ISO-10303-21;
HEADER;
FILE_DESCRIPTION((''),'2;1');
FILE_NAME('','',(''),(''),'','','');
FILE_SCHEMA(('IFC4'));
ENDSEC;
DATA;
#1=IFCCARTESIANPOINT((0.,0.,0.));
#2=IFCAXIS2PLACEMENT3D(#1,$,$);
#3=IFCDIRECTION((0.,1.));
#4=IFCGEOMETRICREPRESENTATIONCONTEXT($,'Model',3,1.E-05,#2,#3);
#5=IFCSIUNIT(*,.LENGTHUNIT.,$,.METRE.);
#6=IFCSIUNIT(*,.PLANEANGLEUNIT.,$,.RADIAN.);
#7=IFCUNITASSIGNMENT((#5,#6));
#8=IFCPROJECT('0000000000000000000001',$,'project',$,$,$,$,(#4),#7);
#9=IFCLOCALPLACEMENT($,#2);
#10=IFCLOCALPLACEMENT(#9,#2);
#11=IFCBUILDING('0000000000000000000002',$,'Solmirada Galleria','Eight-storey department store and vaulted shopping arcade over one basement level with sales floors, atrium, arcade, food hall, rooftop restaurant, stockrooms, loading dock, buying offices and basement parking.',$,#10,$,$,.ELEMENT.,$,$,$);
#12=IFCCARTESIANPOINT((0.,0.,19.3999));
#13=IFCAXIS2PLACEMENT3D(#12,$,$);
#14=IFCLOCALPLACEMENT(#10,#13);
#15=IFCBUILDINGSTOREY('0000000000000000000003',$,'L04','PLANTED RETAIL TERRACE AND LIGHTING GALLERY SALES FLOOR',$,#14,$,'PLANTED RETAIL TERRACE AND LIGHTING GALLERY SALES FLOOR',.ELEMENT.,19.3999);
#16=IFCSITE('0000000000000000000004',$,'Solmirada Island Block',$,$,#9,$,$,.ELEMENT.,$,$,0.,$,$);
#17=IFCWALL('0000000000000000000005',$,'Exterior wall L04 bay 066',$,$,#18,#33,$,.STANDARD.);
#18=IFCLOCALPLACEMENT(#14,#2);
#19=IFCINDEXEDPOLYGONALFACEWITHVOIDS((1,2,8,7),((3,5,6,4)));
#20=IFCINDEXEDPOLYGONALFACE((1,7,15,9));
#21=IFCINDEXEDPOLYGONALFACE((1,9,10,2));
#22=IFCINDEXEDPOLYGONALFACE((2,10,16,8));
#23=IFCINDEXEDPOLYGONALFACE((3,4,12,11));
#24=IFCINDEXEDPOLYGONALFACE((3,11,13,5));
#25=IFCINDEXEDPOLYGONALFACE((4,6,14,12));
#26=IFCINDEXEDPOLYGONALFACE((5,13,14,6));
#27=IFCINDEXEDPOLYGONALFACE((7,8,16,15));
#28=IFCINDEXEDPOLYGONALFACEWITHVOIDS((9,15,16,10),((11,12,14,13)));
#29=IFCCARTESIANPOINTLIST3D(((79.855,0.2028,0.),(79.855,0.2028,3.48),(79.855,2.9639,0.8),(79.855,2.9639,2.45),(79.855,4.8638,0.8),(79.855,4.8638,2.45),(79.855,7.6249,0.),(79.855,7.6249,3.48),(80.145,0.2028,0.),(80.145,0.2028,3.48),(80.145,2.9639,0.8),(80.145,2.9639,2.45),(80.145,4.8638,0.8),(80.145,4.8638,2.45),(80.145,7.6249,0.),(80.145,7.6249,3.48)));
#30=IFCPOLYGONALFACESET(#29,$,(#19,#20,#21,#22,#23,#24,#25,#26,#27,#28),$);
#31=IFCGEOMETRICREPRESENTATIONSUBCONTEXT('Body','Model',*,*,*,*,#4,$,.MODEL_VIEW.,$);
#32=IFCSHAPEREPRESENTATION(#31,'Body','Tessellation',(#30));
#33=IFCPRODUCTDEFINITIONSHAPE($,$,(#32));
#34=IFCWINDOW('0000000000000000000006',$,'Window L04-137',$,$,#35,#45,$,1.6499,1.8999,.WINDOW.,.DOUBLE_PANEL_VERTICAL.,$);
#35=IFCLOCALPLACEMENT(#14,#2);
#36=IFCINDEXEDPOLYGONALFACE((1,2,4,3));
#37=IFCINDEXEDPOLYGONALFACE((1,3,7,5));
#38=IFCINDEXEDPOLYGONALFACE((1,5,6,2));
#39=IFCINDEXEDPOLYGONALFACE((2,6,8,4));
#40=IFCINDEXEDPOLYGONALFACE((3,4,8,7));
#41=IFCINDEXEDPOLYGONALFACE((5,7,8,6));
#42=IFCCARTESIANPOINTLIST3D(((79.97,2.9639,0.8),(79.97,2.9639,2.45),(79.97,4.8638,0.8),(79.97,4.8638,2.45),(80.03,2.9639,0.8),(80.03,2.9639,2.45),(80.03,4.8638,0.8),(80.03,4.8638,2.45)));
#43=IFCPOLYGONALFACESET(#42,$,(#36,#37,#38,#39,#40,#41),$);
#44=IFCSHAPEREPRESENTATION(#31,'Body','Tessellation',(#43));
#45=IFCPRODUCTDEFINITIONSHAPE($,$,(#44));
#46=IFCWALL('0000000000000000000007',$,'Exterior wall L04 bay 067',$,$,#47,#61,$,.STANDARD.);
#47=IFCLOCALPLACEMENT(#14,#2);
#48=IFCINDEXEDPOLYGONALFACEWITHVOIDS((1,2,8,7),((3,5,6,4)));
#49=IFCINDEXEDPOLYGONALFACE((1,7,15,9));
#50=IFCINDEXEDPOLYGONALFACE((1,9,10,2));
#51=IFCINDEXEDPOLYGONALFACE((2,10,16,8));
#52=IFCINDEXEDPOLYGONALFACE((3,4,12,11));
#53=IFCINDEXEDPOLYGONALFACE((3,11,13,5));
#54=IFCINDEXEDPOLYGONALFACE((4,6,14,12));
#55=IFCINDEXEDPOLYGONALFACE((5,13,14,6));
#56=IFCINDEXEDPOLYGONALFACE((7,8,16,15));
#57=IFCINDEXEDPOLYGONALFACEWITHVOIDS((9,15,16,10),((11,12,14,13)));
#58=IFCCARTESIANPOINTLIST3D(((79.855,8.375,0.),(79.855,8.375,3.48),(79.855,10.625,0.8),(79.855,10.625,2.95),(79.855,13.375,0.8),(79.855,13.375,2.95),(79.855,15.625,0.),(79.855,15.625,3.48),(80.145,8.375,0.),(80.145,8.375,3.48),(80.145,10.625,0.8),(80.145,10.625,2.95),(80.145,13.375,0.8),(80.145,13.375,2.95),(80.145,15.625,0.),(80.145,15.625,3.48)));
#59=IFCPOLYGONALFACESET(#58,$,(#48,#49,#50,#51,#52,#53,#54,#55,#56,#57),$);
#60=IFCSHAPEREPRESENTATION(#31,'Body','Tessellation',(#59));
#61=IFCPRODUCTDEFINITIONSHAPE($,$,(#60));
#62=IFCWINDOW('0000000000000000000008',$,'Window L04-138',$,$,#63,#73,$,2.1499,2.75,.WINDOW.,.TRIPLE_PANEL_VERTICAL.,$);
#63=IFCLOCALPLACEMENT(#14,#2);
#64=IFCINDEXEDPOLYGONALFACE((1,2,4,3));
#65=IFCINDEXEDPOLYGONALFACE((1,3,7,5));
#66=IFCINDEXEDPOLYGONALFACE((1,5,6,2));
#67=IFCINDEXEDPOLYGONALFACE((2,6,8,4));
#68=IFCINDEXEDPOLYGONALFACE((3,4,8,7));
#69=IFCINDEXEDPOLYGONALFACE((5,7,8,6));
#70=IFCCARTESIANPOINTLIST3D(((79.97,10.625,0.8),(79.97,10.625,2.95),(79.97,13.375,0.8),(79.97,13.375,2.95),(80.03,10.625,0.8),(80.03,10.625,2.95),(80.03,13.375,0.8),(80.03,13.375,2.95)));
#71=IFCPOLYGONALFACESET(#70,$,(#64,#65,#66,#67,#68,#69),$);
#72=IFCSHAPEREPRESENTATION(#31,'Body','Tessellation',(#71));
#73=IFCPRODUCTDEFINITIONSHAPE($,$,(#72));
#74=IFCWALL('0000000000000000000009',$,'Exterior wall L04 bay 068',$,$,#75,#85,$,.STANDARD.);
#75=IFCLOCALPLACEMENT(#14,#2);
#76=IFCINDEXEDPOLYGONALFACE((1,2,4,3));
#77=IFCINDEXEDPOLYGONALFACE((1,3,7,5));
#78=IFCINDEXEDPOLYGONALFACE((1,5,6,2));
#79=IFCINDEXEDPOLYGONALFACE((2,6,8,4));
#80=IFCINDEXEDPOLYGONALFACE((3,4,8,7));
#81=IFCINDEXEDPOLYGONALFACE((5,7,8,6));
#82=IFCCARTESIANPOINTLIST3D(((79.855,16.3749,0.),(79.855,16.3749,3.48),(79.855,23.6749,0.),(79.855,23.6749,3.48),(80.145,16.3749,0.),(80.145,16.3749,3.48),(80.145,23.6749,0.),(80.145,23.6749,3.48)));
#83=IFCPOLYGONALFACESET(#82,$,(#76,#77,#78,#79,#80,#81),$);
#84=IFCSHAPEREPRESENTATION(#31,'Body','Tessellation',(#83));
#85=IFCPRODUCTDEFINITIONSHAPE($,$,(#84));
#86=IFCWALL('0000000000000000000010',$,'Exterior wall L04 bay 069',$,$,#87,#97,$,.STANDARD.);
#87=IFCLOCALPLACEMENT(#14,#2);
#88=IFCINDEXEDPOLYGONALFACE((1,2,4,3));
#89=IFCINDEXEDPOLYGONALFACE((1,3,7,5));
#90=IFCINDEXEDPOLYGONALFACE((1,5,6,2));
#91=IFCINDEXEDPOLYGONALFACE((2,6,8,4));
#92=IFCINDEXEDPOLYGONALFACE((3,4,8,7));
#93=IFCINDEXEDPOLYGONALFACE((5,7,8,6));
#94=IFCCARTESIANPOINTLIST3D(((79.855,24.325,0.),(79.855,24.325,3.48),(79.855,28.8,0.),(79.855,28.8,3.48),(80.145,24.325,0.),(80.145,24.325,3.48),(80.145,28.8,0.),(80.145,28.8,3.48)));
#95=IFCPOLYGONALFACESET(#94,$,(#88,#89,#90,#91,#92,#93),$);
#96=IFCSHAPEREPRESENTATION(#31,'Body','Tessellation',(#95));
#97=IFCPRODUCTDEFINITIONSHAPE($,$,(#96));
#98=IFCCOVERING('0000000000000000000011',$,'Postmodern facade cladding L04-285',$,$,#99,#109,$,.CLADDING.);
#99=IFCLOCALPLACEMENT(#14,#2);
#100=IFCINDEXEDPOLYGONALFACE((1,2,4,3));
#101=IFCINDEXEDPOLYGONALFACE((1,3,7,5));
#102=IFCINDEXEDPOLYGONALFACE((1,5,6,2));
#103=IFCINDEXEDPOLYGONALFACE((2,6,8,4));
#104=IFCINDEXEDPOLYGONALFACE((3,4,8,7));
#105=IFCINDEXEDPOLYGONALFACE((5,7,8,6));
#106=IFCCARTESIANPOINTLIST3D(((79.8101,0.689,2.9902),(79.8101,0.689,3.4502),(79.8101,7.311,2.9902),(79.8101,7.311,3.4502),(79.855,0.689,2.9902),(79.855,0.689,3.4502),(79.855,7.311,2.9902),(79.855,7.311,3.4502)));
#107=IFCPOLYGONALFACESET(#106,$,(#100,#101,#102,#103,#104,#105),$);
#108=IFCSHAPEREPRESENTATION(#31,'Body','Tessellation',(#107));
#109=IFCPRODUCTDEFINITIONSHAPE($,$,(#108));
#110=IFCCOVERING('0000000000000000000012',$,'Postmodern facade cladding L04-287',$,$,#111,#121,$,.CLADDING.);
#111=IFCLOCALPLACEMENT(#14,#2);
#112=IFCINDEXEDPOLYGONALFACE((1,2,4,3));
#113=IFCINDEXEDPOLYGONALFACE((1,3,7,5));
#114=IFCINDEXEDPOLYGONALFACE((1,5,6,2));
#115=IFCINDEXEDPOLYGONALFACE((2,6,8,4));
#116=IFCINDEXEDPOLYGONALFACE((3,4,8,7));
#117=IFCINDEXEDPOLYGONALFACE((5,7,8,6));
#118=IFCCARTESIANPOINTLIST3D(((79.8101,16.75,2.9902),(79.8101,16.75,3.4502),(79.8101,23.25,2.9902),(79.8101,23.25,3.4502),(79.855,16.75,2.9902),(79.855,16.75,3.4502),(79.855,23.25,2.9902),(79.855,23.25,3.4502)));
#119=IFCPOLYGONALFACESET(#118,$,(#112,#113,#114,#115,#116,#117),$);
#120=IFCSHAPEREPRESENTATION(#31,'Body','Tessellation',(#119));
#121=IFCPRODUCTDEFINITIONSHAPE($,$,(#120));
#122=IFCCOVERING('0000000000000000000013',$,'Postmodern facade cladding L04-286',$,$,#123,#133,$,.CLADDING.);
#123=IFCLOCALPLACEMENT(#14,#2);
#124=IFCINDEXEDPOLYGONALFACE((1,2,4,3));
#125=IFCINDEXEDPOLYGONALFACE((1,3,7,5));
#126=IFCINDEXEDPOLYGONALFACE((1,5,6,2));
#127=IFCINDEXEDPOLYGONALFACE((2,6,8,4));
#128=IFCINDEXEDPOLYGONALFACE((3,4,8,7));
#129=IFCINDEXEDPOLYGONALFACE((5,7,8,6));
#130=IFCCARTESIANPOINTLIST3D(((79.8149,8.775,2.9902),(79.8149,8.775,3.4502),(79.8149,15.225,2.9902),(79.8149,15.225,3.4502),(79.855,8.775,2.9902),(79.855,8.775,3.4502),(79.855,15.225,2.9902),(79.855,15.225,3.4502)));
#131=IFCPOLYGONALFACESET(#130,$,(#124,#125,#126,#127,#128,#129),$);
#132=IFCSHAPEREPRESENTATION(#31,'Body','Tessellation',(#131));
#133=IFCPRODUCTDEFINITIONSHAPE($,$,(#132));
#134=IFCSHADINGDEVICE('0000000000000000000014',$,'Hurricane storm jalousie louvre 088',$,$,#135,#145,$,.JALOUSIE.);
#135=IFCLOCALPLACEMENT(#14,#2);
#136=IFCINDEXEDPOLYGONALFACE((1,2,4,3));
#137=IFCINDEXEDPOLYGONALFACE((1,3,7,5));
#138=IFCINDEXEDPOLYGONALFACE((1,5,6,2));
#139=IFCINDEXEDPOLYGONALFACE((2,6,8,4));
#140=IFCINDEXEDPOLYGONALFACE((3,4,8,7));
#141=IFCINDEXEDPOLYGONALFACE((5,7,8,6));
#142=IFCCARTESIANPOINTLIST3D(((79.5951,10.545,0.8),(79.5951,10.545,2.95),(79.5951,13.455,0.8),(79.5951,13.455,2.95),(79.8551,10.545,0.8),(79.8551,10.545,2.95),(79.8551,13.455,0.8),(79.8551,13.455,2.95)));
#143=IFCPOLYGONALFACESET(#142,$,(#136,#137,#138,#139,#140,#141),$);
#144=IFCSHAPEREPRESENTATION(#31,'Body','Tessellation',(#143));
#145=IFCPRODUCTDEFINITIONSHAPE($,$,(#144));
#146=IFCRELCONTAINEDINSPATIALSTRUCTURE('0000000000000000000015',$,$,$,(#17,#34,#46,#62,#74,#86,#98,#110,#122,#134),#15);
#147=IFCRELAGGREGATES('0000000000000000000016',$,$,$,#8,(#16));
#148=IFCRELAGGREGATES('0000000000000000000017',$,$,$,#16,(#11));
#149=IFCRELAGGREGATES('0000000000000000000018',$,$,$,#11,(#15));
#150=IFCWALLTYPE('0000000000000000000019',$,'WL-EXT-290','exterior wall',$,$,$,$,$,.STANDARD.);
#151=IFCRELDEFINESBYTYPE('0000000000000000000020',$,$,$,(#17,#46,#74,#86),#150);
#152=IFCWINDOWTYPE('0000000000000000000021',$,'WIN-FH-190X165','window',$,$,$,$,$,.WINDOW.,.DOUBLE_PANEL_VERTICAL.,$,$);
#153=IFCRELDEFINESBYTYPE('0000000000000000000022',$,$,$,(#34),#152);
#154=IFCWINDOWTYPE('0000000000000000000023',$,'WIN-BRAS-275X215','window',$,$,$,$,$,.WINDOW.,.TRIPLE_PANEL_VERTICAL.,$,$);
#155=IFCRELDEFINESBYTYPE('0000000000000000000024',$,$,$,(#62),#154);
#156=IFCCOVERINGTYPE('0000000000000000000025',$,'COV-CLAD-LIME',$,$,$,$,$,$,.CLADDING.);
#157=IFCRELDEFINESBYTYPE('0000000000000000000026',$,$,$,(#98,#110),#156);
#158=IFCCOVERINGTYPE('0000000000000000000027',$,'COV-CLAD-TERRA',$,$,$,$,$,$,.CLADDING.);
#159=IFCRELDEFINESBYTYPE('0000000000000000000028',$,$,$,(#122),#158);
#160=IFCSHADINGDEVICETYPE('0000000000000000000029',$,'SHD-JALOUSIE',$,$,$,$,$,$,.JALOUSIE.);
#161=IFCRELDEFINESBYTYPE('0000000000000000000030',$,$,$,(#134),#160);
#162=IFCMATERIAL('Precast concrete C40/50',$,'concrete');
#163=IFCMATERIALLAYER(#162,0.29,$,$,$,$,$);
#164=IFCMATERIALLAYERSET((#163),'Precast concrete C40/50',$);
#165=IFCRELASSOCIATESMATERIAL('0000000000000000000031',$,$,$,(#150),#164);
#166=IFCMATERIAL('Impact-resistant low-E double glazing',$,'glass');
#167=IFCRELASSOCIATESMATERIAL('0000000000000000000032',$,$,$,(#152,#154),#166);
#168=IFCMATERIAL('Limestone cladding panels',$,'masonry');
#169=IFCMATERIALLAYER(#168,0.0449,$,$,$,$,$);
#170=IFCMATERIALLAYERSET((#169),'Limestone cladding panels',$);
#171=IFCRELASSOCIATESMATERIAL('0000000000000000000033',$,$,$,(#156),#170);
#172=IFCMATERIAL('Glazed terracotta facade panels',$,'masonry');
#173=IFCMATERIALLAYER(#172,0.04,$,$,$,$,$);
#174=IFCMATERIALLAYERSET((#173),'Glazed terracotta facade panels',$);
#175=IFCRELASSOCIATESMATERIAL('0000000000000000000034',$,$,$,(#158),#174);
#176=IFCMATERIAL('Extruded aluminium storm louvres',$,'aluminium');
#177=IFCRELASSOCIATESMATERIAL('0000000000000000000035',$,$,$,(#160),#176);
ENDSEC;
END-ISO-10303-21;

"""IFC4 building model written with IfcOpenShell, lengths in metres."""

from ifc_helpers import new_model, si_unit, direction, frame, frame_2d, origin, origin_2d, place, context, subcontext, project, spatial, rectangle, extrude, material, layer, layer_set, type_object, element, fill, save


model = new_model("IFC4")

# Units and contexts
model_context = context("Model", 3, precision=1e-05, world=origin(), true_north=direction((0.0, 1.0)))
body_context = subcontext(model_context, "Body", "Model", "MODEL_VIEW")
ifc_project = project(units=[si_unit("LENGTHUNIT", "METRE"), si_unit("PLANEANGLEUNIT", "RADIAN")], contexts=[model_context])

# Site, building, storey
site_placement = place(None, origin())
site = spatial("IfcSite", under=ifc_project, at=site_placement, Name="Solmirada Island Block", CompositionType="ELEMENT", RefElevation=0.0)
building_placement = place(site_placement, origin())
building = spatial("IfcBuilding", under=site, at=building_placement, Name="Solmirada Galleria", Description="Eight-storey department store and vaulted shopping arcade over one basement level with sales floors, atrium, arcade, food hall, rooftop restaurant, stockrooms, loading dock, buying offices and basement parking.", CompositionType="ELEMENT")
storey_placement = place(building_placement, frame((0.0, 0.0, 19.3999)))
storey = spatial("IfcBuildingStorey", under=building, at=storey_placement, Name="L04", Description="PLANTED RETAIL TERRACE AND LIGHTING GALLERY SALES FLOOR", LongName="PLANTED RETAIL TERRACE AND LIGHTING GALLERY SALES FLOOR", CompositionType="ELEMENT", Elevation=19.3999)

# Shared definitions
ifc_material_1 = material(Name="Impact-resistant low-E double glazing", Category="glass")

# Walls, openings, windows
ifc_material_2 = material(Name="Precast concrete C40/50", Category="concrete")
ifc_layer_1 = layer(ifc_material_2, 0.29)
ifc_layer_set_1 = layer_set([ifc_layer_1], Name="Precast concrete C40/50")
wall_type = type_object("IfcWallType", Name="WL-EXT-290", Description="exterior wall", PredefinedType="STANDARD", material=ifc_layer_set_1)
wall_1_placement = place(storey_placement, frame((80.0, 0.2029, 0.0), z_axis=(0.0, 0.0, 1.0), x_axis=(0.0, 1.0, 0.0)))
wall_1 = element("IfcWall", 1, at=wall_1_placement, inside=storey, type_object=wall_type, Name="Exterior wall L04 bay 066", PredefinedType="STANDARD", context=body_context, shape_type="SweptSolid", body=[
    extrude(rectangle(XDim=7.4221, YDim=0.29, at=frame_2d((3.7109, 0.0))), origin(), (0.0, 0.0, 1.0), 3.48),
])
opening_1_placement = place(wall_1_placement, frame((2.761, 0.0, 0.8)))
opening_1 = element("IfcOpeningElement", 2, at=opening_1_placement, cuts=wall_1, PredefinedType="OPENING", context=body_context, shape_type="SweptSolid", body=[
    extrude(rectangle(XDim=1.8999, YDim=1.6499, at=frame_2d((0.95, 0.825))), frame((0.0, 0.155, 0.0), z_axis=(0.0, -1.0, 0.0), x_axis=(1.0, 0.0, 0.0)), (0.0, 0.0, 1.0), 0.3101),
])
window_type_1 = type_object("IfcWindowType", Name="WIN-FH-190X165", Description="window", PartitioningType="DOUBLE_PANEL_VERTICAL", PredefinedType="WINDOW", material=ifc_material_1)
window_1_placement = place(opening_1_placement, origin())
window_1 = element("IfcWindow", 3, at=window_1_placement, inside=storey, type_object=window_type_1, Name="Window L04-137", OverallHeight=1.6499, OverallWidth=1.8999, PartitioningType="DOUBLE_PANEL_VERTICAL", PredefinedType="WINDOW", context=body_context, shape_type="SweptSolid", body=[
    extrude(rectangle(XDim=1.8999, YDim=1.6499, at=frame_2d((0.95, 0.825))), frame((0.0, 0.03, 0.0), z_axis=(0.0, -1.0, 0.0), x_axis=(1.0, 0.0, 0.0)), (0.0, 0.0, 1.0), 0.0601),
])
fill(opening_1, window_1)
wall_2_placement = place(storey_placement, frame((80.0, 8.375, 0.0), z_axis=(0.0, 0.0, 1.0), x_axis=(0.0, 1.0, 0.0)))
wall_2 = element("IfcWall", 4, at=wall_2_placement, inside=storey, type_object=wall_type, Name="Exterior wall L04 bay 067", PredefinedType="STANDARD", context=body_context, shape_type="SweptSolid", body=[
    extrude(rectangle(XDim=7.25, YDim=0.29, at=frame_2d((3.625, 0.0))), origin(), (0.0, 0.0, 1.0), 3.48),
])
opening_2_placement = place(wall_2_placement, frame((2.25, 0.0, 0.8)))
opening_2 = element("IfcOpeningElement", 5, at=opening_2_placement, cuts=wall_2, PredefinedType="OPENING", context=body_context, shape_type="SweptSolid", body=[
    extrude(rectangle(XDim=2.75, YDim=2.1499, at=frame_2d((1.375, 1.075))), frame((0.0, 0.155, 0.0), z_axis=(0.0, -1.0, 0.0), x_axis=(1.0, 0.0, 0.0)), (0.0, 0.0, 1.0), 0.3101),
])
window_type_2 = type_object("IfcWindowType", Name="WIN-BRAS-275X215", Description="window", PartitioningType="TRIPLE_PANEL_VERTICAL", PredefinedType="WINDOW", material=ifc_material_1)
window_2_placement = place(opening_2_placement, origin())
window_2 = element("IfcWindow", 6, at=window_2_placement, inside=storey, type_object=window_type_2, Name="Window L04-138", OverallHeight=2.1499, OverallWidth=2.75, PartitioningType="TRIPLE_PANEL_VERTICAL", PredefinedType="WINDOW", context=body_context, shape_type="SweptSolid", body=[
    extrude(rectangle(XDim=2.75, YDim=2.1499, at=frame_2d((1.375, 1.075))), frame((0.0, 0.03, 0.0), z_axis=(0.0, -1.0, 0.0), x_axis=(1.0, 0.0, 0.0)), (0.0, 0.0, 1.0), 0.0601),
])
fill(opening_2, window_2)

# Walls
wall_3_placement = place(storey_placement, frame((80.0, 16.375, 0.0), z_axis=(0.0, 0.0, 1.0), x_axis=(0.0, 1.0, 0.0)))
element("IfcWall", 7, at=wall_3_placement, inside=storey, type_object=wall_type, Name="Exterior wall L04 bay 068", PredefinedType="STANDARD", context=body_context, shape_type="SweptSolid", body=[
    extrude(rectangle(XDim=7.3, YDim=0.29, at=frame_2d((3.6499, 0.0))), origin(), (0.0, 0.0, 1.0), 3.48),
])
wall_4_placement = place(storey_placement, frame((80.0, 24.325, 0.0), z_axis=(0.0, 0.0, 1.0), x_axis=(0.0, 1.0, 0.0)))
element("IfcWall", 8, at=wall_4_placement, inside=storey, type_object=wall_type, Name="Exterior wall L04 bay 069", PredefinedType="STANDARD", context=body_context, shape_type="SweptSolid", body=[
    extrude(rectangle(XDim=4.4751, YDim=0.29, at=frame_2d((2.2375, 0.0))), origin(), (0.0, 0.0, 1.0), 3.48),
])

# Coverings
ifc_material_3 = material(Name="Limestone cladding panels", Category="masonry")
ifc_layer_2 = layer(ifc_material_3, 0.0449)
ifc_layer_set_2 = layer_set([ifc_layer_2], Name="Limestone cladding panels")
covering_type_1 = type_object("IfcCoveringType", Name="COV-CLAD-LIME", PredefinedType="CLADDING", material=ifc_layer_set_2)
covering_1_placement = place(storey_placement, frame((79.8325, 4.0, 2.9902), z_axis=(0.0, 0.0, 1.0), x_axis=(0.0, 1.0, 0.0)))
element("IfcCovering", 9, at=covering_1_placement, inside=storey, type_object=covering_type_1, Name="Postmodern facade cladding L04-285", PredefinedType="CLADDING", context=body_context, shape_type="SweptSolid", body=[
    extrude(rectangle(XDim=6.6221, YDim=0.0449, at=origin_2d()), origin(), (0.0, 0.0, 1.0), 0.46),
])
covering_2_placement = place(storey_placement, frame((79.8325, 20.0, 2.9902), z_axis=(0.0, 0.0, 1.0), x_axis=(0.0, 1.0, 0.0)))
element("IfcCovering", 10, at=covering_2_placement, inside=storey, type_object=covering_type_1, Name="Postmodern facade cladding L04-287", PredefinedType="CLADDING", context=body_context, shape_type="SweptSolid", body=[
    extrude(rectangle(XDim=6.5, YDim=0.0449, at=origin_2d()), origin(), (0.0, 0.0, 1.0), 0.46),
])
ifc_material_4 = material(Name="Glazed terracotta facade panels", Category="masonry")
ifc_layer_3 = layer(ifc_material_4, 0.04)
ifc_layer_set_3 = layer_set([ifc_layer_3], Name="Glazed terracotta facade panels")
covering_type_2 = type_object("IfcCoveringType", Name="COV-CLAD-TERRA", PredefinedType="CLADDING", material=ifc_layer_set_3)
covering_3_placement = place(storey_placement, frame((79.835, 12.0, 2.9902), z_axis=(0.0, 0.0, 1.0), x_axis=(0.0, 1.0, 0.0)))
element("IfcCovering", 11, at=covering_3_placement, inside=storey, type_object=covering_type_2, Name="Postmodern facade cladding L04-286", PredefinedType="CLADDING", context=body_context, shape_type="SweptSolid", body=[
    extrude(rectangle(XDim=6.45, YDim=0.04, at=origin_2d()), origin(), (0.0, 0.0, 1.0), 0.46),
])

# Shading device
ifc_material_5 = material(Name="Extruded aluminium storm louvres", Category="aluminium")
shading_device_type = type_object("IfcShadingDeviceType", Name="SHD-JALOUSIE", PredefinedType="JALOUSIE", material=ifc_material_5)
shading_device_placement = place(storey_placement, frame((79.7251, 12.0, 0.8), z_axis=(0.0, 0.0, 1.0), x_axis=(0.0, 1.0, 0.0)))
element("IfcShadingDevice", 12, at=shading_device_placement, inside=storey, type_object=shading_device_type, Name="Hurricane storm jalousie louvre 088", PredefinedType="JALOUSIE", context=body_context, shape_type="SweptSolid", body=[
    extrude(rectangle(XDim=2.9099, YDim=0.26, at=origin_2d()), origin(), (0.0, 0.0, 1.0), 2.1499),
])

save(model, "model.ifc")
